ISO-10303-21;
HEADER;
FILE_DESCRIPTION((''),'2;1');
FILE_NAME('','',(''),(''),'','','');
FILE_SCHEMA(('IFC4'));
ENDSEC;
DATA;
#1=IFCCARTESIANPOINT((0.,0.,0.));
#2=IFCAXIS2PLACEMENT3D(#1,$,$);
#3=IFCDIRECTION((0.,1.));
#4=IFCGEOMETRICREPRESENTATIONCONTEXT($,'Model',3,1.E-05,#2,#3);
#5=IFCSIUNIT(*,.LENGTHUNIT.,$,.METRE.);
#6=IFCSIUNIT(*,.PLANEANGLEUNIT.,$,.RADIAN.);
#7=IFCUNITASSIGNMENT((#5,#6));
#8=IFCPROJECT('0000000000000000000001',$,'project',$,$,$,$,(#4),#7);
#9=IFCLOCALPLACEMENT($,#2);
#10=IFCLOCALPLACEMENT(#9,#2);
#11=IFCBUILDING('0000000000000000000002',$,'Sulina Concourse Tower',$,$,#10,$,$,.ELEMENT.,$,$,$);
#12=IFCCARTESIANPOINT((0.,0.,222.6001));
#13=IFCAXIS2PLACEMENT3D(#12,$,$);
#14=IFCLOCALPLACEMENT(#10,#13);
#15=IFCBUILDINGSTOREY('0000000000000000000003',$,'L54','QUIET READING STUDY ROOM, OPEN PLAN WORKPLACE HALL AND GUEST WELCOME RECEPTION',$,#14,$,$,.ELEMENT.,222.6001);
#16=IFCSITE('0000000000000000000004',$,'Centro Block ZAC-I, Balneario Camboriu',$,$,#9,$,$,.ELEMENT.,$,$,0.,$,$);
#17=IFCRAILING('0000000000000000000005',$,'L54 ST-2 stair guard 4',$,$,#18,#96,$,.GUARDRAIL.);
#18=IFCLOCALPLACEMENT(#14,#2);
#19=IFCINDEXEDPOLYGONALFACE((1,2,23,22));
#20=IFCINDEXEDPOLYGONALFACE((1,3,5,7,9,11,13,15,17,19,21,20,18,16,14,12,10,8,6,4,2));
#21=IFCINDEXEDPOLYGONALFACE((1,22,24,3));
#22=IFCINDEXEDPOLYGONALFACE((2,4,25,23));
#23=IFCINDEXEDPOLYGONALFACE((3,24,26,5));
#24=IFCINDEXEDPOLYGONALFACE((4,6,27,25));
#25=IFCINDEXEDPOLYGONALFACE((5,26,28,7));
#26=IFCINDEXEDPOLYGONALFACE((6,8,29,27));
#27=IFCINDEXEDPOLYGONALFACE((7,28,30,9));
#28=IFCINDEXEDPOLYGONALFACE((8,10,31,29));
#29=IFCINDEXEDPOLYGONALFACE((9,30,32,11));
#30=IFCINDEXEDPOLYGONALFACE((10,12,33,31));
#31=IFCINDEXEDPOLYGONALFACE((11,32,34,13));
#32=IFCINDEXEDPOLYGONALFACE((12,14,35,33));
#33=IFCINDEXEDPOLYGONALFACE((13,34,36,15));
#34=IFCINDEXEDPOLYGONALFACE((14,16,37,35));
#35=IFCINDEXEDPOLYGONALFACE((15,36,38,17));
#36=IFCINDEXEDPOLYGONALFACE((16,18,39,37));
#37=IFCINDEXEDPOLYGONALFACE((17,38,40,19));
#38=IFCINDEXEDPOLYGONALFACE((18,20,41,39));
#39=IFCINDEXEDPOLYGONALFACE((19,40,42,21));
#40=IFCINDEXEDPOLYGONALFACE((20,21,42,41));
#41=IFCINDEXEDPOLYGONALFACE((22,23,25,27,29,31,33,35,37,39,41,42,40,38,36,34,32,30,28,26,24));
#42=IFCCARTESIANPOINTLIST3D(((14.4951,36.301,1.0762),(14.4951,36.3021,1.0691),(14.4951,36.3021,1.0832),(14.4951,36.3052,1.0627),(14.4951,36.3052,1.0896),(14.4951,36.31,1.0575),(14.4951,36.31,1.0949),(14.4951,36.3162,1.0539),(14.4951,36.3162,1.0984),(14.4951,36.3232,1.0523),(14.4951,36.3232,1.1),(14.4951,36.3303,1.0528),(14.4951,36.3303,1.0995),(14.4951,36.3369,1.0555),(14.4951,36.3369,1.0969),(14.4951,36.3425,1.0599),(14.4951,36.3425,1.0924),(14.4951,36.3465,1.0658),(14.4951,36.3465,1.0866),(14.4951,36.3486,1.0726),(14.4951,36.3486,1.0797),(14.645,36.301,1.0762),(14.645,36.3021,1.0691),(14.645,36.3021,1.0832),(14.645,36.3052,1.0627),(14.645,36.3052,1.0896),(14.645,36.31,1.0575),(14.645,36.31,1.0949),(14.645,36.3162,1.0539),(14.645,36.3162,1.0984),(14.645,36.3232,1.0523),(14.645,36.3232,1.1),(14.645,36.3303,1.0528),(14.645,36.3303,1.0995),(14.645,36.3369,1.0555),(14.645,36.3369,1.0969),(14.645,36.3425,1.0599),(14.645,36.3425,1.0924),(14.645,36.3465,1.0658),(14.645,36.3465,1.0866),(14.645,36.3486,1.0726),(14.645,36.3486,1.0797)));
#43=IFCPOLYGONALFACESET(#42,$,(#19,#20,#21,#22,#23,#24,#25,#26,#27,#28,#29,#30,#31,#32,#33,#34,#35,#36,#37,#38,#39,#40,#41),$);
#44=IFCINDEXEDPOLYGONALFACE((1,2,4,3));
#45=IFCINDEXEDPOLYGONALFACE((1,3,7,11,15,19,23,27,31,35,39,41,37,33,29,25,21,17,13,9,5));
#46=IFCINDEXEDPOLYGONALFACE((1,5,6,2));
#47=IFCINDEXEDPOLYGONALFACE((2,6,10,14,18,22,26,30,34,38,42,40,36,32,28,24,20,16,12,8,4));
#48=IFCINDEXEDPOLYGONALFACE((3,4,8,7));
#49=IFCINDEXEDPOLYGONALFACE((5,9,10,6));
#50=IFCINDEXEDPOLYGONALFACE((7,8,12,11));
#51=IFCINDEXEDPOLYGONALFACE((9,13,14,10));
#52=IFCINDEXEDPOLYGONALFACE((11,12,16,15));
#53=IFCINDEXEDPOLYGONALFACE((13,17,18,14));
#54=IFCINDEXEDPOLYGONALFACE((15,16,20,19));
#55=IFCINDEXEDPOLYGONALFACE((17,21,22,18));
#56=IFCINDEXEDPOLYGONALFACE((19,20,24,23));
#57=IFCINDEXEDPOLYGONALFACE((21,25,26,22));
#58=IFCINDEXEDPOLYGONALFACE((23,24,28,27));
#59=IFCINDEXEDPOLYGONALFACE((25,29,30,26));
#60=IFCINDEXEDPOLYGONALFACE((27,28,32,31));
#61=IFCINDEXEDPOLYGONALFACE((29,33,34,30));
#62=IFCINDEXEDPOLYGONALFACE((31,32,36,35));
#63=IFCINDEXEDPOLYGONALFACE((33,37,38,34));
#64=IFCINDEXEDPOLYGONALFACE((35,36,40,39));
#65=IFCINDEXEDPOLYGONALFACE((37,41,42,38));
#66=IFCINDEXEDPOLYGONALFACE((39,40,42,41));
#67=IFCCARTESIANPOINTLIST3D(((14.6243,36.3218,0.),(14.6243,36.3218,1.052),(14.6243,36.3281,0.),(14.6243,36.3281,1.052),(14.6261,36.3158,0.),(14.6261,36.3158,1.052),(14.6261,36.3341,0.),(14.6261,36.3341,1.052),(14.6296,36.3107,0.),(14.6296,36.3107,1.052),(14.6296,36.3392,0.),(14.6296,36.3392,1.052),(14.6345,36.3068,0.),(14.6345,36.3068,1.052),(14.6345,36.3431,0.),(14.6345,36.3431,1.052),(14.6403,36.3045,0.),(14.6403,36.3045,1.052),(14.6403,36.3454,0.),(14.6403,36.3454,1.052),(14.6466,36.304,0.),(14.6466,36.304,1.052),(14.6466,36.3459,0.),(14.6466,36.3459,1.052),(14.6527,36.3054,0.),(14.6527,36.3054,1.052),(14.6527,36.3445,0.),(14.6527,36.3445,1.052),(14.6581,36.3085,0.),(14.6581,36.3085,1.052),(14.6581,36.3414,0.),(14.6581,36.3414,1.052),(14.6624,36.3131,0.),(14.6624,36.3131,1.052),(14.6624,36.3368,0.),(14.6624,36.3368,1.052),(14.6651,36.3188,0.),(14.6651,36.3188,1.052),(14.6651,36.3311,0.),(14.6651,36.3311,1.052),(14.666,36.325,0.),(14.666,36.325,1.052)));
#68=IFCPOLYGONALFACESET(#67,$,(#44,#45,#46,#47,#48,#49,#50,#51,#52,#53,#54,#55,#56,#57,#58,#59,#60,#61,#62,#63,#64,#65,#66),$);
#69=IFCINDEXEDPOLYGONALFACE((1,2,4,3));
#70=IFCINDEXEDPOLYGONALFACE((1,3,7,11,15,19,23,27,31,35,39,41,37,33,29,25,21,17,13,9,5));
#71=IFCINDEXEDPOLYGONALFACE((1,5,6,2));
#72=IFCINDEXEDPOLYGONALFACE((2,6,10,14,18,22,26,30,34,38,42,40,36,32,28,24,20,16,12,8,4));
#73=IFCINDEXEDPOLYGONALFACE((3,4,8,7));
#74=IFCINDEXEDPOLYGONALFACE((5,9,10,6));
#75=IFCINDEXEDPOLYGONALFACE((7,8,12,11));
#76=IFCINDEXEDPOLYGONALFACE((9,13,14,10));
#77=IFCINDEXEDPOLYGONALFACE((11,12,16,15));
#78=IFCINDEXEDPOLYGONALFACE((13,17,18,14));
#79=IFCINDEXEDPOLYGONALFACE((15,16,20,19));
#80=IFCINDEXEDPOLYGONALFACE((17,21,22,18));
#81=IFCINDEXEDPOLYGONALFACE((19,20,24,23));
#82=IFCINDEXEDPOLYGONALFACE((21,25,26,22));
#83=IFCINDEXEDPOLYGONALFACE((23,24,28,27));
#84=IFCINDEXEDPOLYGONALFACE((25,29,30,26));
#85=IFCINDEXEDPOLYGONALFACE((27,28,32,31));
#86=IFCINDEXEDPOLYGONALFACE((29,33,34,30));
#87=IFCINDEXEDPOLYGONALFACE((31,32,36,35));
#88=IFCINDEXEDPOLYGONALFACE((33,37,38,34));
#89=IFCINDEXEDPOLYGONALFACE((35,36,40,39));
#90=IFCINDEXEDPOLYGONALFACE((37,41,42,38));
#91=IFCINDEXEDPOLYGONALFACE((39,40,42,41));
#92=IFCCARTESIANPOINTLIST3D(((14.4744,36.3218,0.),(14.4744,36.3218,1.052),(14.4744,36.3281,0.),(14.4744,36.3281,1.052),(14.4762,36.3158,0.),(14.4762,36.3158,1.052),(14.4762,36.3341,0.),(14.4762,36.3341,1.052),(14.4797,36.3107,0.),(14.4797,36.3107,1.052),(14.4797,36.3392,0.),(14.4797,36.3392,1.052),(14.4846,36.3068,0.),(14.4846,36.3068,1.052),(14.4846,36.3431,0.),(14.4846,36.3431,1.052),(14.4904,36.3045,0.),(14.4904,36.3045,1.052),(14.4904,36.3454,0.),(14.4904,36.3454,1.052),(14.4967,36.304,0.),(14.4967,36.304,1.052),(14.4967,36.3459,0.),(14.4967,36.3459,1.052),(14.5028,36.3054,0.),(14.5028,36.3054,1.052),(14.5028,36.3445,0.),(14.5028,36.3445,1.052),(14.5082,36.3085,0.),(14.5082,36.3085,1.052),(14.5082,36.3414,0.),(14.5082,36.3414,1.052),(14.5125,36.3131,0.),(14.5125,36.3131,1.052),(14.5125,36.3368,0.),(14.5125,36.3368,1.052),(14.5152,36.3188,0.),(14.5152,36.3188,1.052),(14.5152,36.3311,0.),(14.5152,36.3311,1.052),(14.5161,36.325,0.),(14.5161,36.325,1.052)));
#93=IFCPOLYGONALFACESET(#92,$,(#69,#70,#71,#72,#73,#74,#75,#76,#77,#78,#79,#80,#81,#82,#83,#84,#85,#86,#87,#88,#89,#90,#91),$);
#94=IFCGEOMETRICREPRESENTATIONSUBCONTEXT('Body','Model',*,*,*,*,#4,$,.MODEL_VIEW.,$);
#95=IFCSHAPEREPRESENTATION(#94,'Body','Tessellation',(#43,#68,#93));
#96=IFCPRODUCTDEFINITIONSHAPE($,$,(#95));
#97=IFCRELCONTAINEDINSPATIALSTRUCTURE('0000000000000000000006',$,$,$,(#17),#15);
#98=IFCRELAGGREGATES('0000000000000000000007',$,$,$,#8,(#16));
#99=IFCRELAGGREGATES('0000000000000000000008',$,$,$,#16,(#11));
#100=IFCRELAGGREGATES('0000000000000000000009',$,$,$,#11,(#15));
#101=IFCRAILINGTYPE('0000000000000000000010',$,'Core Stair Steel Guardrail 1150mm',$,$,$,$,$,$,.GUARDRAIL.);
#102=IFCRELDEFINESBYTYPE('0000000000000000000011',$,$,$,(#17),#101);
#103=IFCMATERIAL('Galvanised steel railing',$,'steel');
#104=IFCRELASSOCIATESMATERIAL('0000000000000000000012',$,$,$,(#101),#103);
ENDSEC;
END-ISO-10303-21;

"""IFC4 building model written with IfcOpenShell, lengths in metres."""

from ifc_helpers import new_model, si_unit, direction, frame, origin, origin_2d, place, context, subcontext, project, spatial, circle, extrude, material, type_object, element, save


model = new_model("IFC4")

# Units and contexts
model_context = context("Model", 3, precision=1e-05, world=origin(), true_north=direction((0.0, 1.0)))
body_context = subcontext(model_context, "Body", "Model", "MODEL_VIEW")
ifc_project = project(units=[si_unit("LENGTHUNIT", "METRE"), si_unit("PLANEANGLEUNIT", "RADIAN")], contexts=[model_context])

# Site, building, storey
site_placement = place(None, origin())
site = spatial("IfcSite", under=ifc_project, at=site_placement, Name="Centro Block ZAC-I, Balneario Camboriu", CompositionType="ELEMENT", RefElevation=0.0)
building_placement = place(site_placement, origin())
building = spatial("IfcBuilding", under=site, at=building_placement, Name="Sulina Concourse Tower", CompositionType="ELEMENT")
storey_placement = place(building_placement, frame((0.0, 0.0, 222.6001)))
storey = spatial("IfcBuildingStorey", under=building, at=storey_placement, Name="L54", Description="QUIET READING STUDY ROOM, OPEN PLAN WORKPLACE HALL AND GUEST WELCOME RECEPTION", CompositionType="ELEMENT", Elevation=222.6001)

# Railing
ifc_material_1 = material(Name="Galvanised steel railing", Category="steel")
railing_type_1 = type_object("IfcRailingType", Name="Core Stair Steel Guardrail 1150mm", PredefinedType="GUARDRAIL", material=ifc_material_1)
railing_1_placement = place(storey_placement, frame((14.645, 36.325, 0.0)))
element("IfcRailing", 1, at=railing_1_placement, inside=storey, type_object=railing_type_1, Name="L54 ST-2 stair guard 4", PredefinedType="GUARDRAIL", context=body_context, shape_type="SweptSolid", body=[
    extrude(circle(Radius=0.0239, at=origin_2d()), frame((0.0, 0.0, 1.0762), z_axis=(-1.0, 0.0, 0.0), x_axis=(0.0, -1.0, 0.0)), (0.0, 0.0, 1.0), 0.1499),
    extrude(circle(Radius=0.021, at=origin_2d()), origin(), (0.0, 0.0, 1.0), 1.052),
    extrude(circle(Radius=0.021, at=origin_2d()), frame((-0.1499, 0.0, 0.0)), (0.0, 0.0, 1.0), 1.052),
])

save(model, "model.ifc")
